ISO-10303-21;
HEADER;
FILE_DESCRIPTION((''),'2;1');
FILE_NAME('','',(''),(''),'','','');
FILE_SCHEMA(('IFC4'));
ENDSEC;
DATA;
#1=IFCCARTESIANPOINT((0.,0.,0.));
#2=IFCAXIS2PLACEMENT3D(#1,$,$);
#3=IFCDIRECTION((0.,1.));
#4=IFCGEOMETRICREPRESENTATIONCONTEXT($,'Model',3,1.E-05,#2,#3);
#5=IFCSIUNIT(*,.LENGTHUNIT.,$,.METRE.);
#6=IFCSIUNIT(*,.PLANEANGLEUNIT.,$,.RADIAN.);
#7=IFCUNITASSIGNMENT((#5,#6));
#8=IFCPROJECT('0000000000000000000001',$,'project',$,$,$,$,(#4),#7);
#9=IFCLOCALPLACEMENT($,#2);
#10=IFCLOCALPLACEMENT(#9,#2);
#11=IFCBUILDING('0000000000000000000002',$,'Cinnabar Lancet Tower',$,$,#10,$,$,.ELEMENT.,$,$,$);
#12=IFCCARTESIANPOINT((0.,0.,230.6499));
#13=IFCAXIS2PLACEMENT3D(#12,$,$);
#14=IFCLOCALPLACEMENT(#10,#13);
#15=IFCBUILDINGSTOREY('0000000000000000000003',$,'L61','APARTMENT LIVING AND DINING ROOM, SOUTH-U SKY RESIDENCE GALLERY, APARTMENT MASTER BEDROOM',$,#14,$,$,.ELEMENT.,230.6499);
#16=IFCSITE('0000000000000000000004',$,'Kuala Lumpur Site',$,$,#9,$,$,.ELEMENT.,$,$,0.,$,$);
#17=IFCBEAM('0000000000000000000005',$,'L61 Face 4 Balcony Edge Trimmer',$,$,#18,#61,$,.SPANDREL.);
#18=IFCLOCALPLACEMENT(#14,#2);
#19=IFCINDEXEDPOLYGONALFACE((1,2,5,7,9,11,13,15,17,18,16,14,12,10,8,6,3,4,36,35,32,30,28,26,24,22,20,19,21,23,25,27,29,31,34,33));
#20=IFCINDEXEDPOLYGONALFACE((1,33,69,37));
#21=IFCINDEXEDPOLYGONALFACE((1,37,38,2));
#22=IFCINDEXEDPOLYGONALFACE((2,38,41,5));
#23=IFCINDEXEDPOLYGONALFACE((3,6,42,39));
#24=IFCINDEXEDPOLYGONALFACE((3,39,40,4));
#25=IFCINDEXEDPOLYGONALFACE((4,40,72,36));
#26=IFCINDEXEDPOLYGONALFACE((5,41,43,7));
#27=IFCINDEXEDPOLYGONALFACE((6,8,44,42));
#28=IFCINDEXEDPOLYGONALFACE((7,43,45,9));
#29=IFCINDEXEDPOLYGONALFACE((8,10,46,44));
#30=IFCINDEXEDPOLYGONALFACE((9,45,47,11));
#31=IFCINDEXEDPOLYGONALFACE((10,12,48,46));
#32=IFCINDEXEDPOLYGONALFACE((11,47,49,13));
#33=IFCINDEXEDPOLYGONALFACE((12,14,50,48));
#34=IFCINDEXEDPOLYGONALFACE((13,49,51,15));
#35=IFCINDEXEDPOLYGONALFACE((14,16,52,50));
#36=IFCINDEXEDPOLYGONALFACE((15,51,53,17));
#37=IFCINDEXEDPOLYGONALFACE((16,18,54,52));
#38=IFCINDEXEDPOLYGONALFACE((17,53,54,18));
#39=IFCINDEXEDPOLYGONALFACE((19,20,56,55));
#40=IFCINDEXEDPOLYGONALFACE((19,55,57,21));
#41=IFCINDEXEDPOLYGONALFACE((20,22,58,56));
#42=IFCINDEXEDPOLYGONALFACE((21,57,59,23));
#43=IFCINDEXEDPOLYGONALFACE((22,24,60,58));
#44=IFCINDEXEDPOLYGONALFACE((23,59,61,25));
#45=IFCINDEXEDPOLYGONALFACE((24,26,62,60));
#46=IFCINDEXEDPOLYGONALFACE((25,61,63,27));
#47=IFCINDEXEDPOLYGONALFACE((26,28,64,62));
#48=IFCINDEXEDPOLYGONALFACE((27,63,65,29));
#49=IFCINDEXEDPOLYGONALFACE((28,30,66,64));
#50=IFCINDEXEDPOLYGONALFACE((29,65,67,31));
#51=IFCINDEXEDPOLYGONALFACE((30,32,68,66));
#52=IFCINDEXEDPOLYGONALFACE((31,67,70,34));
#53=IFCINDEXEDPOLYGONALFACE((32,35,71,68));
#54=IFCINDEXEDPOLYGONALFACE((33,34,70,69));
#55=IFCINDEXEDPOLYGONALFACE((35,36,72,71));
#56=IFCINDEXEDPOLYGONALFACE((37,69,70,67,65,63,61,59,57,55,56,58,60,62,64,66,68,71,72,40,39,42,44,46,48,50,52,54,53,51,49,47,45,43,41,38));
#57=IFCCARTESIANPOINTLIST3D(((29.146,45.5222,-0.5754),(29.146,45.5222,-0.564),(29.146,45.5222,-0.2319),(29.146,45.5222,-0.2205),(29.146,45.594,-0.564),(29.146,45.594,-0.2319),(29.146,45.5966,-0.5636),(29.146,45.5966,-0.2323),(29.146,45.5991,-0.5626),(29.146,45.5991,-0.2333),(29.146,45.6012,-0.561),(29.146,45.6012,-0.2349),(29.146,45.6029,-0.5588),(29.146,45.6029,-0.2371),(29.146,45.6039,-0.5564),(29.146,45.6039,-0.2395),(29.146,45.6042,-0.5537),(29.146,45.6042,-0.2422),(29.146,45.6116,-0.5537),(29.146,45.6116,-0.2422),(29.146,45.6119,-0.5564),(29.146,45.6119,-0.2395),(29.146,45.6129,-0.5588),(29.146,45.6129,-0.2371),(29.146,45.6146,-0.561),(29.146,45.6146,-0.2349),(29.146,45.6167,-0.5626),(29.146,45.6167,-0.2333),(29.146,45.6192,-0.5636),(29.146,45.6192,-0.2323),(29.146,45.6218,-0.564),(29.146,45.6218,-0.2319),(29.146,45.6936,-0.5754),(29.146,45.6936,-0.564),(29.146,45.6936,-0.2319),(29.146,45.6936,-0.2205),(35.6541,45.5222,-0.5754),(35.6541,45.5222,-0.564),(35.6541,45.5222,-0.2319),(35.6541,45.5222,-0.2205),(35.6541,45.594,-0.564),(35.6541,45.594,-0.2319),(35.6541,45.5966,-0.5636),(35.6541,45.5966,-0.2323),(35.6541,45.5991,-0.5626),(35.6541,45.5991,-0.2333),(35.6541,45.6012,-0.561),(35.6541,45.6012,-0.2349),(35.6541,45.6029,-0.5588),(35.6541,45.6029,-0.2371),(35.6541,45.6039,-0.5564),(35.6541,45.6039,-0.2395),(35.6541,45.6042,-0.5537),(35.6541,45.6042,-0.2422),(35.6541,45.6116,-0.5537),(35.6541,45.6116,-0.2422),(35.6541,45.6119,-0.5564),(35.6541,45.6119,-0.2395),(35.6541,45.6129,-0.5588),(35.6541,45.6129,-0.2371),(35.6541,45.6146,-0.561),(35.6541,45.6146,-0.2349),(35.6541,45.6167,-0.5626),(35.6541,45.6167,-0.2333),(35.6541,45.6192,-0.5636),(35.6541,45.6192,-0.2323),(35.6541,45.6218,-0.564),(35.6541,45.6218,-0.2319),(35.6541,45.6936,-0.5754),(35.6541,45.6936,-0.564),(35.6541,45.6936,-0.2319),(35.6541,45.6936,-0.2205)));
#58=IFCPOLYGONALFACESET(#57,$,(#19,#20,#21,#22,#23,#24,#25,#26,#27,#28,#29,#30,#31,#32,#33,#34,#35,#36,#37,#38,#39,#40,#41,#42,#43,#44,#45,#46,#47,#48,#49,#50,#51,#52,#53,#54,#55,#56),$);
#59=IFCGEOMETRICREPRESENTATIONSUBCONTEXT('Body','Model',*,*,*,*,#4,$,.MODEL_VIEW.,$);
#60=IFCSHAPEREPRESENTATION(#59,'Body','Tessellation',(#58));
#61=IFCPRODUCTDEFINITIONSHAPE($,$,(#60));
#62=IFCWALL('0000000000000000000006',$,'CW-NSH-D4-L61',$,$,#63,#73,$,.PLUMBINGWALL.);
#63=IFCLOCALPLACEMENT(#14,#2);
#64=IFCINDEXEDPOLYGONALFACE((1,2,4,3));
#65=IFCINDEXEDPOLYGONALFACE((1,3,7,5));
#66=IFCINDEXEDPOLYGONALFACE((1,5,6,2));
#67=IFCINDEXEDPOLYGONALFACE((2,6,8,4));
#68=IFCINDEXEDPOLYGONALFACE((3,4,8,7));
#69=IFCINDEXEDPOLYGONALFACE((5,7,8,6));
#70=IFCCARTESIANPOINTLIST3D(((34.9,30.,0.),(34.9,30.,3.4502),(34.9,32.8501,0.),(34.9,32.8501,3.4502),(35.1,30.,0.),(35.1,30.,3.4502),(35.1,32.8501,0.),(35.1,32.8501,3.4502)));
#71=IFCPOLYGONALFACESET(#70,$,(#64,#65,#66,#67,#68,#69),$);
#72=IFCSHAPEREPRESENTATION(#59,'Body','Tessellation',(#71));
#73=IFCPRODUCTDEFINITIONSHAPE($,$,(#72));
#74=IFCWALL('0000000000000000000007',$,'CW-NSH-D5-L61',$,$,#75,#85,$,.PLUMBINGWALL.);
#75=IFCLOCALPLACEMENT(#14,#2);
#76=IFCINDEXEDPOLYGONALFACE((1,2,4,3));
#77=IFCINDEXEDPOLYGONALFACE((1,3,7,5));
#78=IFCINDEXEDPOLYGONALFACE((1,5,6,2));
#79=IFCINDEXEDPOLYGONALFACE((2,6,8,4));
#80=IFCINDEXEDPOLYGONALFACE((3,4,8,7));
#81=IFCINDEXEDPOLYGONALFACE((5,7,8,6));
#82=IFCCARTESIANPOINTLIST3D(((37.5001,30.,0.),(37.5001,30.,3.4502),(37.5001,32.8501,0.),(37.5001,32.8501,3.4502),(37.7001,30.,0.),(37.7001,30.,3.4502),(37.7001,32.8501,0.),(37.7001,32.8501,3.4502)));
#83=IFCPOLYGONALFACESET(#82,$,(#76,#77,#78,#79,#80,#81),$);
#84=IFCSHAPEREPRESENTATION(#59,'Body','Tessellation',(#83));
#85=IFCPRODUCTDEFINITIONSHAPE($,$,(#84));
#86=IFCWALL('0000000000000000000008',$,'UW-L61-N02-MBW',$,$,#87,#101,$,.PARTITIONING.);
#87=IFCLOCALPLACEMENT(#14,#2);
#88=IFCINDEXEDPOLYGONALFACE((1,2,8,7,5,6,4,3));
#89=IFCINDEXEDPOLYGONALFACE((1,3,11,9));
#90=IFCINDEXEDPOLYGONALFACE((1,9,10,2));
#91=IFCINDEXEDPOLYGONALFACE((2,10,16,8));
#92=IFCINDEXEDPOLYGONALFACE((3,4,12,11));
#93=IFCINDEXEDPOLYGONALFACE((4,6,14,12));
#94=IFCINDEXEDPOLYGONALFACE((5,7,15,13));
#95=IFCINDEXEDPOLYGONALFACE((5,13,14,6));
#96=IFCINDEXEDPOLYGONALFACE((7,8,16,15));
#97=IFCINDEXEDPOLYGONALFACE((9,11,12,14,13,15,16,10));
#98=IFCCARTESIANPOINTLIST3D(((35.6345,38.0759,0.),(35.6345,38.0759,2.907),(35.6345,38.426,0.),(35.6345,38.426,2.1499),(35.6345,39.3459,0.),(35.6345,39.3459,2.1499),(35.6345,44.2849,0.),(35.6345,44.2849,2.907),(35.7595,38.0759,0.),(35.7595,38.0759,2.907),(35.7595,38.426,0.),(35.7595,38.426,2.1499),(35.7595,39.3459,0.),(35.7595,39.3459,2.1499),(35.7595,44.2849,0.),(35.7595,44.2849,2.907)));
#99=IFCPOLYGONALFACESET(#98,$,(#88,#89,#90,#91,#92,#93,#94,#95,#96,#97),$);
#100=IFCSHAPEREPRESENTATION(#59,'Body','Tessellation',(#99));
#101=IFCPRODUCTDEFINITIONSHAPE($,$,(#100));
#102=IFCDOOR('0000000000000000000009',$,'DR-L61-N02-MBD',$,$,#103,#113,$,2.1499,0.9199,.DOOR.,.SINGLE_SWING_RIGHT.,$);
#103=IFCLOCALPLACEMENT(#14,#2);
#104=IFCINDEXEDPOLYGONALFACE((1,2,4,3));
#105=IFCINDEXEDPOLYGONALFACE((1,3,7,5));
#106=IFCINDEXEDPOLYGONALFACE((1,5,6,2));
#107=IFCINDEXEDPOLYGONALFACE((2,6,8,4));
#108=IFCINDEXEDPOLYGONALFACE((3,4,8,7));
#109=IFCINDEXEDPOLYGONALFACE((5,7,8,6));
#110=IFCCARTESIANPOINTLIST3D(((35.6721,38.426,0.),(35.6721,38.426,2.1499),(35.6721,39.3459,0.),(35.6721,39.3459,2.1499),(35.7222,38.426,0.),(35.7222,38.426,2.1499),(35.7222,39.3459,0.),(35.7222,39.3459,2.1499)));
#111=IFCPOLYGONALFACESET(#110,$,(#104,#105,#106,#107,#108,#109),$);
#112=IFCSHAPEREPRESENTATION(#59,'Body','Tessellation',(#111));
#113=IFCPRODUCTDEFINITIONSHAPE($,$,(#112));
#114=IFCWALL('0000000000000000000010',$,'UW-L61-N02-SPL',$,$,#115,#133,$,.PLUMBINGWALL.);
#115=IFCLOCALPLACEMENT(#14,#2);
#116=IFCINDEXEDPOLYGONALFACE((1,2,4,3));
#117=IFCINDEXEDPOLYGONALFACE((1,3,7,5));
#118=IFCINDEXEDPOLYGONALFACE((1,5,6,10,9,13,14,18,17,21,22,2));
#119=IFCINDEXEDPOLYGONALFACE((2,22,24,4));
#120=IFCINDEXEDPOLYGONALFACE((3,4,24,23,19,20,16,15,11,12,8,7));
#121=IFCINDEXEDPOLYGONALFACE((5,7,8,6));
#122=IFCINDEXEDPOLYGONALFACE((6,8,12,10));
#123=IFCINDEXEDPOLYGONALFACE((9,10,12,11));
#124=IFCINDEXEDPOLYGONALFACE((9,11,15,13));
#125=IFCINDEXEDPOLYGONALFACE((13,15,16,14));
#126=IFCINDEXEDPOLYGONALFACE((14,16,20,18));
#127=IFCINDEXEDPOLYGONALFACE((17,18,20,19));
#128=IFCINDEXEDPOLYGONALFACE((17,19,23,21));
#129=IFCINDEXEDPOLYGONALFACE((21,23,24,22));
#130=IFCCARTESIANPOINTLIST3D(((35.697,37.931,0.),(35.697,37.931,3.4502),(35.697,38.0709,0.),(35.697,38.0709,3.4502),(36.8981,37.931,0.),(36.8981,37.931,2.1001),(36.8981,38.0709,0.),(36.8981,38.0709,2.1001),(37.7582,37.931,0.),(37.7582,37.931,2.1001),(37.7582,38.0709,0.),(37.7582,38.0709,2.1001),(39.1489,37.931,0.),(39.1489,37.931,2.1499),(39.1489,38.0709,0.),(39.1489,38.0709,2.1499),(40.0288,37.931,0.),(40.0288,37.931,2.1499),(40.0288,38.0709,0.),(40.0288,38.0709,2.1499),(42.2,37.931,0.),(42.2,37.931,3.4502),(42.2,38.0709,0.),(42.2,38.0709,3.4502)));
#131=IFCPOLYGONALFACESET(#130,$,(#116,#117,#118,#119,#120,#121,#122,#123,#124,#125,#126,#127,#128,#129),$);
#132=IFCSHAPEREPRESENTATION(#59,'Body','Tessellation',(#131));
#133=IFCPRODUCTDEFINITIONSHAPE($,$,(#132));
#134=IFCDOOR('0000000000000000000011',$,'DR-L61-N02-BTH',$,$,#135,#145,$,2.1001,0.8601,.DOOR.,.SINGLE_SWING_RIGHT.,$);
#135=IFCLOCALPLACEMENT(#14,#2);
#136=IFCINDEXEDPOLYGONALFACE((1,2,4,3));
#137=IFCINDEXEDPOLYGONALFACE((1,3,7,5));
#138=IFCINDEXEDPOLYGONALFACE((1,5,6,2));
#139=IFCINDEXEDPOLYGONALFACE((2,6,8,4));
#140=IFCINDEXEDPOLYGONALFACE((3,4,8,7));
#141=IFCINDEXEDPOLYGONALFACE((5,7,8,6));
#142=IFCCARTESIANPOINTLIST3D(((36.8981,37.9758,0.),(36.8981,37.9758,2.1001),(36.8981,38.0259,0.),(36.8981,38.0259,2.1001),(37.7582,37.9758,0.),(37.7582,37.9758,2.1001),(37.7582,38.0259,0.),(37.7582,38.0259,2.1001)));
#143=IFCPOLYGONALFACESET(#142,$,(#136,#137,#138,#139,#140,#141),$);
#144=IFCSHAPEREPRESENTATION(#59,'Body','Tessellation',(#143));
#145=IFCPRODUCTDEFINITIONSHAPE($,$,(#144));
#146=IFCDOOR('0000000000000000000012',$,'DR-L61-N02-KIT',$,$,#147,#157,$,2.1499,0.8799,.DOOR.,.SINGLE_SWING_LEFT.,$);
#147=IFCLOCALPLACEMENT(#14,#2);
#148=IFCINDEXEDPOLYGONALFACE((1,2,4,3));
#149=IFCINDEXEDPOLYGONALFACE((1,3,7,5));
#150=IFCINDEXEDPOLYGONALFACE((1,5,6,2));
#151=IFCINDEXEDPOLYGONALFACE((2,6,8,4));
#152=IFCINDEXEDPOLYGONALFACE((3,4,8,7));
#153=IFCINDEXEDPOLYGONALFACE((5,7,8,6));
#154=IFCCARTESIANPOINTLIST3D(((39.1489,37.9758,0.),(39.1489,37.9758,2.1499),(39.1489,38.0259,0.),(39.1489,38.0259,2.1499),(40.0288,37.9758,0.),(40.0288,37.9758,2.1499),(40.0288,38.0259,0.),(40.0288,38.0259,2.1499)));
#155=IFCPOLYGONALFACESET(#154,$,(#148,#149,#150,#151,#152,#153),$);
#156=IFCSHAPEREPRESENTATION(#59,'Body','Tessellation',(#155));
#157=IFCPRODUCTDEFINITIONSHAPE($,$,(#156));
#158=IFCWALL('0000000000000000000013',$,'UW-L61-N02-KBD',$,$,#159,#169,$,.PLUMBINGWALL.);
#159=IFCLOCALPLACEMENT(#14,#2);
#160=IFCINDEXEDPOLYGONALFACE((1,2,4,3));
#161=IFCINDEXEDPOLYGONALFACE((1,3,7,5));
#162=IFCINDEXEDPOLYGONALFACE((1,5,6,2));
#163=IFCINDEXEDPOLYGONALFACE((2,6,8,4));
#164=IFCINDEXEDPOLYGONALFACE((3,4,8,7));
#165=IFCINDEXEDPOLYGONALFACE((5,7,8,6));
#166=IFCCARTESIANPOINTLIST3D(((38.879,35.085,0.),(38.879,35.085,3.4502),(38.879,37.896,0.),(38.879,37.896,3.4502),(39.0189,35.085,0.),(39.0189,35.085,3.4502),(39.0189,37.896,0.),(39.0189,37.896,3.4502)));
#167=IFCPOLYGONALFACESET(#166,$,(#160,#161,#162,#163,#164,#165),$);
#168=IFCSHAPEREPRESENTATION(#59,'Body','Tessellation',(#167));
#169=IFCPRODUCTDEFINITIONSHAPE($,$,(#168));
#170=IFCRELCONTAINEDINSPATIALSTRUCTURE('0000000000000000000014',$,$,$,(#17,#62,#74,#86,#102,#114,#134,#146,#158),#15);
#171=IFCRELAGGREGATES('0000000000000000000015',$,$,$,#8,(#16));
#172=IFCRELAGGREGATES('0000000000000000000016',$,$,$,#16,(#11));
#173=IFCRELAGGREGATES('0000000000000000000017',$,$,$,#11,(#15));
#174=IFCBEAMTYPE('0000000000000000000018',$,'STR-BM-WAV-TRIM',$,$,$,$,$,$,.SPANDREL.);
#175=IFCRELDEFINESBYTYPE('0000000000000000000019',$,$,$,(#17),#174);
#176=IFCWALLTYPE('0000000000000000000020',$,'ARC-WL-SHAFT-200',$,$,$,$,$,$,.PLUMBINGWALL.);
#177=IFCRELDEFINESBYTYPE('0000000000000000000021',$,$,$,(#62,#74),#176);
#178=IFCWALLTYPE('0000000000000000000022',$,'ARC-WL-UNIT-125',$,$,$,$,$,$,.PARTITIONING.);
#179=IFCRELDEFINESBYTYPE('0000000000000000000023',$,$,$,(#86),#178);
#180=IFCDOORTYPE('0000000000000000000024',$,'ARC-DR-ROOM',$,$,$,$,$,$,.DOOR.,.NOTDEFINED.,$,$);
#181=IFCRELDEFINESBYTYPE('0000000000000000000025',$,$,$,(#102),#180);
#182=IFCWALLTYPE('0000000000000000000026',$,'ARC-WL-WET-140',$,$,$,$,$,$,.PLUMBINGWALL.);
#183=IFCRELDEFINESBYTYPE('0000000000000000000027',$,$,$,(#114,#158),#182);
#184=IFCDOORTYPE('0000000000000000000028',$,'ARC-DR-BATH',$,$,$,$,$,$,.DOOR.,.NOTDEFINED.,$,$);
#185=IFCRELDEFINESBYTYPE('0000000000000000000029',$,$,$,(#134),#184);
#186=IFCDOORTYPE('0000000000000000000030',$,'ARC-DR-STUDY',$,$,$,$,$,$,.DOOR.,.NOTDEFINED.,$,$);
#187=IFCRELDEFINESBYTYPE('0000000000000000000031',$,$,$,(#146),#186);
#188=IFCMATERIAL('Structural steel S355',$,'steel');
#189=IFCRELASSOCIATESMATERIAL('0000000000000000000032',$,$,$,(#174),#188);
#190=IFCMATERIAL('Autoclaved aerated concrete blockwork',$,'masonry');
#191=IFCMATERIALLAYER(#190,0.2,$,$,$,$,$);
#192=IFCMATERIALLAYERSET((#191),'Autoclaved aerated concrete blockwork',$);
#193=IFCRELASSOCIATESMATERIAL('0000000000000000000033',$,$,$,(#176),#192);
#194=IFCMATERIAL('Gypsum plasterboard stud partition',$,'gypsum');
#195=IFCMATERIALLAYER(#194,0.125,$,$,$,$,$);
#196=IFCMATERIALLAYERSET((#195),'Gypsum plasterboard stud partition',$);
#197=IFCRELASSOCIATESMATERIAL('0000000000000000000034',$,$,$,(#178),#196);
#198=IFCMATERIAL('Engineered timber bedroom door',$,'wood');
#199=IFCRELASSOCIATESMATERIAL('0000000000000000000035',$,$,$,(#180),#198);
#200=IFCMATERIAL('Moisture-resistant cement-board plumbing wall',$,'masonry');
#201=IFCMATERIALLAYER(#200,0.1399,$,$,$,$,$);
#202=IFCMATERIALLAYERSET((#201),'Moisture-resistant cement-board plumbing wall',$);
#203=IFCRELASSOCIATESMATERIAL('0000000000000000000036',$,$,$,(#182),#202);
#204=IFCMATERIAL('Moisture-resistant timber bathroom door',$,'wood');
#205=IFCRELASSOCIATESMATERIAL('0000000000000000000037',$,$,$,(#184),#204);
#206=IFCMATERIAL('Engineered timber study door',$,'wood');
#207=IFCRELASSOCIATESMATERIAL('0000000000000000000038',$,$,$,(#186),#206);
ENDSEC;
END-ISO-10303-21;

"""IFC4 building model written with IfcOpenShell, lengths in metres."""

from ifc_helpers import new_model, si_unit, direction, frame, frame_2d, origin, origin_2d, place, context, subcontext, project, spatial, rectangle, i_section, extrude, material, layer, layer_set, material_profile, profile_set, type_object, element, fill, save


model = new_model("IFC4")

# Units and contexts
model_context = context("Model", 3, precision=1e-05, world=origin(), true_north=direction((0.0, 1.0)))
body_context = subcontext(model_context, "Body", "Model", "MODEL_VIEW")
ifc_project = project(units=[si_unit("LENGTHUNIT", "METRE"), si_unit("PLANEANGLEUNIT", "RADIAN")], contexts=[model_context])

# Site, building, storey
site_placement = place(None, origin())
site = spatial("IfcSite", under=ifc_project, at=site_placement, Name="Kuala Lumpur Site", CompositionType="ELEMENT", RefElevation=0.0)
building_placement = place(site_placement, origin())
building = spatial("IfcBuilding", under=site, at=building_placement, Name="Cinnabar Lancet Tower", CompositionType="ELEMENT")
storey_placement = place(building_placement, frame((0.0, 0.0, 230.6499)))
storey = spatial("IfcBuildingStorey", under=building, at=storey_placement, Name="L61", Description="APARTMENT LIVING AND DINING ROOM, SOUTH-U SKY RESIDENCE GALLERY, APARTMENT MASTER BEDROOM", CompositionType="ELEMENT", Elevation=230.6499)

# Beam
ifc_material_1 = material(Name="Structural steel S355", Category="steel")
ifc_material_profile_1 = material_profile(ifc_material_1, i_section(OverallWidth=0.1714, OverallDepth=0.355, WebThickness=0.0073, FlangeThickness=0.0115, FilletRadius=0.0103, at=origin_2d()), Name="UKB 356x171x51")
ifc_profile_set_1 = profile_set([ifc_material_profile_1], Name="Structural steel S355")
beam_type_1 = type_object("IfcBeamType", Name="STR-BM-WAV-TRIM", PredefinedType="SPANDREL", material=ifc_profile_set_1)
beam_1_placement = place(storey_placement, frame((35.6541, 45.6079, -0.3979), z_axis=(-1.0, 0.0, 0.0), x_axis=(0.0, -1.0, 0.0)))
element("IfcBeam", 1, at=beam_1_placement, inside=storey, type_object=beam_type_1, Name="L61 Face 4 Balcony Edge Trimmer", PredefinedType="SPANDREL", context=body_context, shape_type="SweptSolid", body=[
    extrude(i_section(OverallWidth=0.1714, OverallDepth=0.355, WebThickness=0.0073, FlangeThickness=0.0115, FilletRadius=0.0103, at=origin_2d()), origin(), (0.0, 0.0, 1.0), 6.5081),
])

# Walls
ifc_material_2 = material(Name="Autoclaved aerated concrete blockwork", Category="masonry")
ifc_layer_1 = layer(ifc_material_2, 0.2)
ifc_layer_set_1 = layer_set([ifc_layer_1], Name="Autoclaved aerated concrete blockwork")
wall_type_1 = type_object("IfcWallType", Name="ARC-WL-SHAFT-200", PredefinedType="PLUMBINGWALL", material=ifc_layer_set_1)
for number, where, z_axis, x_axis, name in (
    (2, (35.0, 30.0, 0.0), (0.0, 0.0, 1.0), (0.0, 1.0, 0.0), "CW-NSH-D4-L61"),
    (3, (37.6001, 30.0, 0.0), (0.0, 0.0, 1.0), (0.0, 1.0, 0.0), "CW-NSH-D5-L61"),
):
    element("IfcWall", number, at=place(storey_placement, frame(where, z_axis=z_axis, x_axis=x_axis)), inside=storey, type_object=wall_type_1, Name=name, PredefinedType="PLUMBINGWALL", context=body_context, shape_type="SweptSolid", body=[
        extrude(rectangle(XDim=2.8501, YDim=0.2, at=frame_2d((1.425, 0.0))), origin(), (0.0, 0.0, 1.0), 3.4502),
    ])

# Wall, opening, door
ifc_material_3 = material(Name="Gypsum plasterboard stud partition", Category="gypsum")
ifc_layer_2 = layer(ifc_material_3, 0.125)
ifc_layer_set_2 = layer_set([ifc_layer_2], Name="Gypsum plasterboard stud partition")
wall_type_2 = type_object("IfcWallType", Name="ARC-WL-UNIT-125", PredefinedType="PARTITIONING", material=ifc_layer_set_2)
wall_1_placement = place(storey_placement, frame((35.697, 38.0759, 0.0), z_axis=(0.0, 0.0, 1.0), x_axis=(0.0, 1.0, 0.0)))
wall_1 = element("IfcWall", 4, at=wall_1_placement, inside=storey, type_object=wall_type_2, Name="UW-L61-N02-MBW", PredefinedType="PARTITIONING", context=body_context, shape_type="SweptSolid", body=[
    extrude(rectangle(XDim=6.209, YDim=0.125, at=frame_2d((3.1045, 0.0))), origin(), (0.0, 0.0, 1.0), 2.907),
])
opening_1_placement = place(wall_1_placement, frame((0.3501, 0.0, 0.0)))
opening_1 = element("IfcOpeningElement", 5, at=opening_1_placement, cuts=wall_1, PredefinedType="OPENING", context=body_context, shape_type="SweptSolid", body=[
    extrude(rectangle(XDim=0.9199, YDim=2.1499, at=frame_2d((0.46, 1.075))), frame((0.0, 0.0725, 0.0), z_axis=(0.0, -1.0, 0.0), x_axis=(1.0, 0.0, 0.0)), (0.0, 0.0, 1.0), 0.145),
])
ifc_material_4 = material(Name="Engineered timber bedroom door", Category="wood")
door_type_1 = type_object("IfcDoorType", Name="ARC-DR-ROOM", OperationType="NOTDEFINED", PredefinedType="DOOR", material=ifc_material_4)
door_1_placement = place(opening_1_placement, origin())
door_1 = element("IfcDoor", 6, at=door_1_placement, inside=storey, type_object=door_type_1, Name="DR-L61-N02-MBD", OperationType="SINGLE_SWING_RIGHT", OverallHeight=2.1499, OverallWidth=0.9199, PredefinedType="DOOR", context=body_context, shape_type="SweptSolid", body=[
    extrude(rectangle(XDim=0.9199, YDim=2.1499, at=frame_2d((0.46, 1.075))), frame((0.0, 0.0249, 0.0), z_axis=(0.0, -1.0, 0.0), x_axis=(1.0, 0.0, 0.0)), (0.0, 0.0, 1.0), 0.05),
])
fill(opening_1, door_1)

# Wall, openings, doors
ifc_material_5 = material(Name="Moisture-resistant cement-board plumbing wall", Category="masonry")
ifc_layer_3 = layer(ifc_material_5, 0.1399)
ifc_layer_set_3 = layer_set([ifc_layer_3], Name="Moisture-resistant cement-board plumbing wall")
wall_type_3 = type_object("IfcWallType", Name="ARC-WL-WET-140", PredefinedType="PLUMBINGWALL", material=ifc_layer_set_3)
wall_2_placement = place(storey_placement, frame((35.697, 38.001, 0.0), z_axis=(0.0, 0.0, 1.0), x_axis=(1.0, 0.0, 0.0)))
wall_2 = element("IfcWall", 7, at=wall_2_placement, inside=storey, type_object=wall_type_3, Name="UW-L61-N02-SPL", PredefinedType="PLUMBINGWALL", context=body_context, shape_type="SweptSolid", body=[
    extrude(rectangle(XDim=6.5029, YDim=0.1399, at=frame_2d((3.2515, 0.0))), origin(), (0.0, 0.0, 1.0), 3.4502),
])
opening_2_placement = place(wall_2_placement, frame((1.2009, 0.0, 0.0)))
opening_2 = element("IfcOpeningElement", 8, at=opening_2_placement, cuts=wall_2, PredefinedType="OPENING", context=body_context, shape_type="SweptSolid", body=[
    extrude(rectangle(XDim=0.8601, YDim=2.1001, at=frame_2d((0.4302, 1.05))), frame((0.0, 0.0798, 0.0), z_axis=(0.0, -1.0, 0.0), x_axis=(1.0, 0.0, 0.0)), (0.0, 0.0, 1.0), 0.1599),
])
opening_3_placement = place(wall_2_placement, frame((3.4519, 0.0, 0.0)))
opening_3 = element("IfcOpeningElement", 9, at=opening_3_placement, cuts=wall_2, PredefinedType="OPENING", context=body_context, shape_type="SweptSolid", body=[
    extrude(rectangle(XDim=0.8799, YDim=2.1499, at=frame_2d((0.4399, 1.075))), frame((0.0, 0.0798, 0.0), z_axis=(0.0, -1.0, 0.0), x_axis=(1.0, 0.0, 0.0)), (0.0, 0.0, 1.0), 0.1599),
])
ifc_material_6 = material(Name="Moisture-resistant timber bathroom door", Category="wood")
door_type_2 = type_object("IfcDoorType", Name="ARC-DR-BATH", OperationType="NOTDEFINED", PredefinedType="DOOR", material=ifc_material_6)
door_2_placement = place(opening_2_placement, origin())
door_2 = element("IfcDoor", 10, at=door_2_placement, inside=storey, type_object=door_type_2, Name="DR-L61-N02-BTH", OperationType="SINGLE_SWING_RIGHT", OverallHeight=2.1001, OverallWidth=0.8601, PredefinedType="DOOR", context=body_context, shape_type="SweptSolid", body=[
    extrude(rectangle(XDim=0.8601, YDim=2.1001, at=frame_2d((0.4302, 1.05))), frame((0.0, 0.0249, 0.0), z_axis=(0.0, -1.0, 0.0), x_axis=(1.0, 0.0, 0.0)), (0.0, 0.0, 1.0), 0.05),
])
fill(opening_2, door_2)
ifc_material_7 = material(Name="Engineered timber study door", Category="wood")
door_type_3 = type_object("IfcDoorType", Name="ARC-DR-STUDY", OperationType="NOTDEFINED", PredefinedType="DOOR", material=ifc_material_7)
door_3_placement = place(opening_3_placement, origin())
door_3 = element("IfcDoor", 11, at=door_3_placement, inside=storey, type_object=door_type_3, Name="DR-L61-N02-KIT", OperationType="SINGLE_SWING_LEFT", OverallHeight=2.1499, OverallWidth=0.8799, PredefinedType="DOOR", context=body_context, shape_type="SweptSolid", body=[
    extrude(rectangle(XDim=0.8799, YDim=2.1499, at=frame_2d((0.4399, 1.075))), frame((0.0, 0.0249, 0.0), z_axis=(0.0, -1.0, 0.0), x_axis=(1.0, 0.0, 0.0)), (0.0, 0.0, 1.0), 0.05),
])
fill(opening_3, door_3)

# Wall
wall_3_placement = place(storey_placement, frame((38.949, 35.085, 0.0), z_axis=(0.0, 0.0, 1.0), x_axis=(0.0, 1.0, 0.0)))
element("IfcWall", 12, at=wall_3_placement, inside=storey, type_object=wall_type_3, Name="UW-L61-N02-KBD", PredefinedType="PLUMBINGWALL", context=body_context, shape_type="SweptSolid", body=[
    extrude(rectangle(XDim=2.811, YDim=0.1399, at=frame_2d((1.4055, 0.0))), origin(), (0.0, 0.0, 1.0), 3.4502),
])

save(model, "model.ifc")
